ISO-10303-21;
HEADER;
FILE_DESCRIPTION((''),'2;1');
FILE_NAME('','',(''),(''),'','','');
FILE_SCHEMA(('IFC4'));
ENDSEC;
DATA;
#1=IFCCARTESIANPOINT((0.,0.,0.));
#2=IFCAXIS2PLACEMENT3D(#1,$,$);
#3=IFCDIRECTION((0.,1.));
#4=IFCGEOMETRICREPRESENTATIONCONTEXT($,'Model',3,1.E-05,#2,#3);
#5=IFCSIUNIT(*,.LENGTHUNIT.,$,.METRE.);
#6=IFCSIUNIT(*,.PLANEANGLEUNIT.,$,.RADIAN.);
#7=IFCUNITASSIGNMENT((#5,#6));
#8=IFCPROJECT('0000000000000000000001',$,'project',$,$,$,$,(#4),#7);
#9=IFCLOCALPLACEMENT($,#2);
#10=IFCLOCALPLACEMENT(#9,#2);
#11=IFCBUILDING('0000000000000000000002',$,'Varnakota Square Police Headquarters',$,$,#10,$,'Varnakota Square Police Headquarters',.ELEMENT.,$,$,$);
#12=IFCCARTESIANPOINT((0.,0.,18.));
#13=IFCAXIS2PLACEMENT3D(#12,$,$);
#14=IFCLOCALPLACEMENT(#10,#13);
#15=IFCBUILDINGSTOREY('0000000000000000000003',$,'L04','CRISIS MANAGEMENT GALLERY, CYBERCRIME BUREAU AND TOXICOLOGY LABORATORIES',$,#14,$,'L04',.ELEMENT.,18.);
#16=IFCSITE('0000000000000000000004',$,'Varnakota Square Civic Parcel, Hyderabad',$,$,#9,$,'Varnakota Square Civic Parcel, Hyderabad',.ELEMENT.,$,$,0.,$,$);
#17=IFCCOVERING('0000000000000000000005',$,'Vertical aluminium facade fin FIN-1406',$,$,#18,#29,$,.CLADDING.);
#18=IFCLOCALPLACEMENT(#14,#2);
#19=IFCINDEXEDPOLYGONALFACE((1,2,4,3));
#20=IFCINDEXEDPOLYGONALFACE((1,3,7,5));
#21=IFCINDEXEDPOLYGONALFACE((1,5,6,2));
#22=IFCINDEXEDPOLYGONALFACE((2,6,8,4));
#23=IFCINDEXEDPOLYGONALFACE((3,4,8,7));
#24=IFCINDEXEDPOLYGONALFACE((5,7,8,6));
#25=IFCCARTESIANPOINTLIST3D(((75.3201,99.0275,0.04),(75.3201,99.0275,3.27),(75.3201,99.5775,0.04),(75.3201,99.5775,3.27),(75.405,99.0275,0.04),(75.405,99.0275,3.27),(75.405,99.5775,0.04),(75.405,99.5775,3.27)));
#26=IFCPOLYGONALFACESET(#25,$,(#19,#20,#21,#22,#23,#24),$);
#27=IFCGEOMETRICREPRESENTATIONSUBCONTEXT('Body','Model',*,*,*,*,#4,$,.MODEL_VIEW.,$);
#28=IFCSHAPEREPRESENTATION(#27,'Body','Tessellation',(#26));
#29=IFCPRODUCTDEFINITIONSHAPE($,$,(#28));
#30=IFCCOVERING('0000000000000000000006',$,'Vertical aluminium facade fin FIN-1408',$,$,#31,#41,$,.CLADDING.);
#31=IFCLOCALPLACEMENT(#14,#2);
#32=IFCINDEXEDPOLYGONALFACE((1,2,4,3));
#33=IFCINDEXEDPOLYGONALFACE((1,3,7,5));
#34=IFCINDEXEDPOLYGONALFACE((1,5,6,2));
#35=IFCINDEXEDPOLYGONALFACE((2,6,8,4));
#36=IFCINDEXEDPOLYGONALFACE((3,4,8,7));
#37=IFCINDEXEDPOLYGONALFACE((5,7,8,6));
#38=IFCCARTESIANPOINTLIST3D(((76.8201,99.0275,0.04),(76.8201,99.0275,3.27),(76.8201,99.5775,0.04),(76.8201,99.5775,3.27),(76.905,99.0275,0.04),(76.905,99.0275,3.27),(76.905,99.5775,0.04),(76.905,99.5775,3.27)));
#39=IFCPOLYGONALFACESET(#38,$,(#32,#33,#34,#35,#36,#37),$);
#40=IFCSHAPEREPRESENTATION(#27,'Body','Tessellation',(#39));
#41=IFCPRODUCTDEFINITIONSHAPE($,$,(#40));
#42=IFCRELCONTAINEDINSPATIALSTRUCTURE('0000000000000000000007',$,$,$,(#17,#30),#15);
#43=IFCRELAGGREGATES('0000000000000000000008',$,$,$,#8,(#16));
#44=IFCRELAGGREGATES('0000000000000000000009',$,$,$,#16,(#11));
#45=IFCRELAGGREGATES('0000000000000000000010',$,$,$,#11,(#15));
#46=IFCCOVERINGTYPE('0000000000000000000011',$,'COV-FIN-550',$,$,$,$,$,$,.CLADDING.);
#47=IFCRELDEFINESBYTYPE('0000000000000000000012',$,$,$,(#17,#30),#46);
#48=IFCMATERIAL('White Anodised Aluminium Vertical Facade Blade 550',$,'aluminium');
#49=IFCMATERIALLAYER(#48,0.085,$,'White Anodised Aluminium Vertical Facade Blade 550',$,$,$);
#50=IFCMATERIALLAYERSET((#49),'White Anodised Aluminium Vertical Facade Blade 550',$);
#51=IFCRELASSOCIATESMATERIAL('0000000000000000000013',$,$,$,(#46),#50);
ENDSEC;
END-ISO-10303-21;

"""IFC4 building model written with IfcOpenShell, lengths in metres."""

from ifc_helpers import new_model, si_unit, direction, frame, origin, origin_2d, place, context, subcontext, project, spatial, rectangle, extrude, material, layer, layer_set, type_object, element, save


model = new_model("IFC4")

# Units and contexts
model_context = context("Model", 3, precision=1e-05, world=origin(), true_north=direction((0.0, 1.0)))
body_context = subcontext(model_context, "Body", "Model", "MODEL_VIEW")
ifc_project = project(units=[si_unit("LENGTHUNIT", "METRE"), si_unit("PLANEANGLEUNIT", "RADIAN")], contexts=[model_context])

# Site, building, storey
site_placement = place(None, origin())
site = spatial("IfcSite", under=ifc_project, at=site_placement, Name="Varnakota Square Civic Parcel, Hyderabad", LongName="Varnakota Square Civic Parcel, Hyderabad", CompositionType="ELEMENT", RefElevation=0.0)
building_placement = place(site_placement, origin())
building = spatial("IfcBuilding", under=site, at=building_placement, Name="Varnakota Square Police Headquarters", LongName="Varnakota Square Police Headquarters", CompositionType="ELEMENT")
storey_placement = place(building_placement, frame((0.0, 0.0, 18.0)))
storey = spatial("IfcBuildingStorey", under=building, at=storey_placement, Name="L04", Description="CRISIS MANAGEMENT GALLERY, CYBERCRIME BUREAU AND TOXICOLOGY LABORATORIES", LongName="L04", CompositionType="ELEMENT", Elevation=18.0)

# Coverings
ifc_material_1 = material(Name="White Anodised Aluminium Vertical Facade Blade 550", Category="aluminium")
ifc_layer_1 = layer(ifc_material_1, 0.085, Name="White Anodised Aluminium Vertical Facade Blade 550")
ifc_layer_set_1 = layer_set([ifc_layer_1], Name="White Anodised Aluminium Vertical Facade Blade 550")
covering_type_1 = type_object("IfcCoveringType", Name="COV-FIN-550", PredefinedType="CLADDING", material=ifc_layer_set_1)
for number, where, z_axis, x_axis, name in (
    (1, (75.3625, 99.3025, 0.04), (0.0, 0.0, 1.0), (1.0, 0.0, 0.0), "Vertical aluminium facade fin FIN-1406"),
    (2, (76.8625, 99.3025, 0.04), (0.0, 0.0, 1.0), (1.0, 0.0, 0.0), "Vertical aluminium facade fin FIN-1408"),
):
    element("IfcCovering", number, at=place(storey_placement, frame(where, z_axis=z_axis, x_axis=x_axis)), inside=storey, type_object=covering_type_1, Name=name, PredefinedType="CLADDING", context=body_context, shape_type="SweptSolid", body=[
        extrude(rectangle(XDim=0.085, YDim=0.55, at=origin_2d()), origin(), (0.0, 0.0, 1.0), 3.23),
    ])

save(model, "model.ifc")
